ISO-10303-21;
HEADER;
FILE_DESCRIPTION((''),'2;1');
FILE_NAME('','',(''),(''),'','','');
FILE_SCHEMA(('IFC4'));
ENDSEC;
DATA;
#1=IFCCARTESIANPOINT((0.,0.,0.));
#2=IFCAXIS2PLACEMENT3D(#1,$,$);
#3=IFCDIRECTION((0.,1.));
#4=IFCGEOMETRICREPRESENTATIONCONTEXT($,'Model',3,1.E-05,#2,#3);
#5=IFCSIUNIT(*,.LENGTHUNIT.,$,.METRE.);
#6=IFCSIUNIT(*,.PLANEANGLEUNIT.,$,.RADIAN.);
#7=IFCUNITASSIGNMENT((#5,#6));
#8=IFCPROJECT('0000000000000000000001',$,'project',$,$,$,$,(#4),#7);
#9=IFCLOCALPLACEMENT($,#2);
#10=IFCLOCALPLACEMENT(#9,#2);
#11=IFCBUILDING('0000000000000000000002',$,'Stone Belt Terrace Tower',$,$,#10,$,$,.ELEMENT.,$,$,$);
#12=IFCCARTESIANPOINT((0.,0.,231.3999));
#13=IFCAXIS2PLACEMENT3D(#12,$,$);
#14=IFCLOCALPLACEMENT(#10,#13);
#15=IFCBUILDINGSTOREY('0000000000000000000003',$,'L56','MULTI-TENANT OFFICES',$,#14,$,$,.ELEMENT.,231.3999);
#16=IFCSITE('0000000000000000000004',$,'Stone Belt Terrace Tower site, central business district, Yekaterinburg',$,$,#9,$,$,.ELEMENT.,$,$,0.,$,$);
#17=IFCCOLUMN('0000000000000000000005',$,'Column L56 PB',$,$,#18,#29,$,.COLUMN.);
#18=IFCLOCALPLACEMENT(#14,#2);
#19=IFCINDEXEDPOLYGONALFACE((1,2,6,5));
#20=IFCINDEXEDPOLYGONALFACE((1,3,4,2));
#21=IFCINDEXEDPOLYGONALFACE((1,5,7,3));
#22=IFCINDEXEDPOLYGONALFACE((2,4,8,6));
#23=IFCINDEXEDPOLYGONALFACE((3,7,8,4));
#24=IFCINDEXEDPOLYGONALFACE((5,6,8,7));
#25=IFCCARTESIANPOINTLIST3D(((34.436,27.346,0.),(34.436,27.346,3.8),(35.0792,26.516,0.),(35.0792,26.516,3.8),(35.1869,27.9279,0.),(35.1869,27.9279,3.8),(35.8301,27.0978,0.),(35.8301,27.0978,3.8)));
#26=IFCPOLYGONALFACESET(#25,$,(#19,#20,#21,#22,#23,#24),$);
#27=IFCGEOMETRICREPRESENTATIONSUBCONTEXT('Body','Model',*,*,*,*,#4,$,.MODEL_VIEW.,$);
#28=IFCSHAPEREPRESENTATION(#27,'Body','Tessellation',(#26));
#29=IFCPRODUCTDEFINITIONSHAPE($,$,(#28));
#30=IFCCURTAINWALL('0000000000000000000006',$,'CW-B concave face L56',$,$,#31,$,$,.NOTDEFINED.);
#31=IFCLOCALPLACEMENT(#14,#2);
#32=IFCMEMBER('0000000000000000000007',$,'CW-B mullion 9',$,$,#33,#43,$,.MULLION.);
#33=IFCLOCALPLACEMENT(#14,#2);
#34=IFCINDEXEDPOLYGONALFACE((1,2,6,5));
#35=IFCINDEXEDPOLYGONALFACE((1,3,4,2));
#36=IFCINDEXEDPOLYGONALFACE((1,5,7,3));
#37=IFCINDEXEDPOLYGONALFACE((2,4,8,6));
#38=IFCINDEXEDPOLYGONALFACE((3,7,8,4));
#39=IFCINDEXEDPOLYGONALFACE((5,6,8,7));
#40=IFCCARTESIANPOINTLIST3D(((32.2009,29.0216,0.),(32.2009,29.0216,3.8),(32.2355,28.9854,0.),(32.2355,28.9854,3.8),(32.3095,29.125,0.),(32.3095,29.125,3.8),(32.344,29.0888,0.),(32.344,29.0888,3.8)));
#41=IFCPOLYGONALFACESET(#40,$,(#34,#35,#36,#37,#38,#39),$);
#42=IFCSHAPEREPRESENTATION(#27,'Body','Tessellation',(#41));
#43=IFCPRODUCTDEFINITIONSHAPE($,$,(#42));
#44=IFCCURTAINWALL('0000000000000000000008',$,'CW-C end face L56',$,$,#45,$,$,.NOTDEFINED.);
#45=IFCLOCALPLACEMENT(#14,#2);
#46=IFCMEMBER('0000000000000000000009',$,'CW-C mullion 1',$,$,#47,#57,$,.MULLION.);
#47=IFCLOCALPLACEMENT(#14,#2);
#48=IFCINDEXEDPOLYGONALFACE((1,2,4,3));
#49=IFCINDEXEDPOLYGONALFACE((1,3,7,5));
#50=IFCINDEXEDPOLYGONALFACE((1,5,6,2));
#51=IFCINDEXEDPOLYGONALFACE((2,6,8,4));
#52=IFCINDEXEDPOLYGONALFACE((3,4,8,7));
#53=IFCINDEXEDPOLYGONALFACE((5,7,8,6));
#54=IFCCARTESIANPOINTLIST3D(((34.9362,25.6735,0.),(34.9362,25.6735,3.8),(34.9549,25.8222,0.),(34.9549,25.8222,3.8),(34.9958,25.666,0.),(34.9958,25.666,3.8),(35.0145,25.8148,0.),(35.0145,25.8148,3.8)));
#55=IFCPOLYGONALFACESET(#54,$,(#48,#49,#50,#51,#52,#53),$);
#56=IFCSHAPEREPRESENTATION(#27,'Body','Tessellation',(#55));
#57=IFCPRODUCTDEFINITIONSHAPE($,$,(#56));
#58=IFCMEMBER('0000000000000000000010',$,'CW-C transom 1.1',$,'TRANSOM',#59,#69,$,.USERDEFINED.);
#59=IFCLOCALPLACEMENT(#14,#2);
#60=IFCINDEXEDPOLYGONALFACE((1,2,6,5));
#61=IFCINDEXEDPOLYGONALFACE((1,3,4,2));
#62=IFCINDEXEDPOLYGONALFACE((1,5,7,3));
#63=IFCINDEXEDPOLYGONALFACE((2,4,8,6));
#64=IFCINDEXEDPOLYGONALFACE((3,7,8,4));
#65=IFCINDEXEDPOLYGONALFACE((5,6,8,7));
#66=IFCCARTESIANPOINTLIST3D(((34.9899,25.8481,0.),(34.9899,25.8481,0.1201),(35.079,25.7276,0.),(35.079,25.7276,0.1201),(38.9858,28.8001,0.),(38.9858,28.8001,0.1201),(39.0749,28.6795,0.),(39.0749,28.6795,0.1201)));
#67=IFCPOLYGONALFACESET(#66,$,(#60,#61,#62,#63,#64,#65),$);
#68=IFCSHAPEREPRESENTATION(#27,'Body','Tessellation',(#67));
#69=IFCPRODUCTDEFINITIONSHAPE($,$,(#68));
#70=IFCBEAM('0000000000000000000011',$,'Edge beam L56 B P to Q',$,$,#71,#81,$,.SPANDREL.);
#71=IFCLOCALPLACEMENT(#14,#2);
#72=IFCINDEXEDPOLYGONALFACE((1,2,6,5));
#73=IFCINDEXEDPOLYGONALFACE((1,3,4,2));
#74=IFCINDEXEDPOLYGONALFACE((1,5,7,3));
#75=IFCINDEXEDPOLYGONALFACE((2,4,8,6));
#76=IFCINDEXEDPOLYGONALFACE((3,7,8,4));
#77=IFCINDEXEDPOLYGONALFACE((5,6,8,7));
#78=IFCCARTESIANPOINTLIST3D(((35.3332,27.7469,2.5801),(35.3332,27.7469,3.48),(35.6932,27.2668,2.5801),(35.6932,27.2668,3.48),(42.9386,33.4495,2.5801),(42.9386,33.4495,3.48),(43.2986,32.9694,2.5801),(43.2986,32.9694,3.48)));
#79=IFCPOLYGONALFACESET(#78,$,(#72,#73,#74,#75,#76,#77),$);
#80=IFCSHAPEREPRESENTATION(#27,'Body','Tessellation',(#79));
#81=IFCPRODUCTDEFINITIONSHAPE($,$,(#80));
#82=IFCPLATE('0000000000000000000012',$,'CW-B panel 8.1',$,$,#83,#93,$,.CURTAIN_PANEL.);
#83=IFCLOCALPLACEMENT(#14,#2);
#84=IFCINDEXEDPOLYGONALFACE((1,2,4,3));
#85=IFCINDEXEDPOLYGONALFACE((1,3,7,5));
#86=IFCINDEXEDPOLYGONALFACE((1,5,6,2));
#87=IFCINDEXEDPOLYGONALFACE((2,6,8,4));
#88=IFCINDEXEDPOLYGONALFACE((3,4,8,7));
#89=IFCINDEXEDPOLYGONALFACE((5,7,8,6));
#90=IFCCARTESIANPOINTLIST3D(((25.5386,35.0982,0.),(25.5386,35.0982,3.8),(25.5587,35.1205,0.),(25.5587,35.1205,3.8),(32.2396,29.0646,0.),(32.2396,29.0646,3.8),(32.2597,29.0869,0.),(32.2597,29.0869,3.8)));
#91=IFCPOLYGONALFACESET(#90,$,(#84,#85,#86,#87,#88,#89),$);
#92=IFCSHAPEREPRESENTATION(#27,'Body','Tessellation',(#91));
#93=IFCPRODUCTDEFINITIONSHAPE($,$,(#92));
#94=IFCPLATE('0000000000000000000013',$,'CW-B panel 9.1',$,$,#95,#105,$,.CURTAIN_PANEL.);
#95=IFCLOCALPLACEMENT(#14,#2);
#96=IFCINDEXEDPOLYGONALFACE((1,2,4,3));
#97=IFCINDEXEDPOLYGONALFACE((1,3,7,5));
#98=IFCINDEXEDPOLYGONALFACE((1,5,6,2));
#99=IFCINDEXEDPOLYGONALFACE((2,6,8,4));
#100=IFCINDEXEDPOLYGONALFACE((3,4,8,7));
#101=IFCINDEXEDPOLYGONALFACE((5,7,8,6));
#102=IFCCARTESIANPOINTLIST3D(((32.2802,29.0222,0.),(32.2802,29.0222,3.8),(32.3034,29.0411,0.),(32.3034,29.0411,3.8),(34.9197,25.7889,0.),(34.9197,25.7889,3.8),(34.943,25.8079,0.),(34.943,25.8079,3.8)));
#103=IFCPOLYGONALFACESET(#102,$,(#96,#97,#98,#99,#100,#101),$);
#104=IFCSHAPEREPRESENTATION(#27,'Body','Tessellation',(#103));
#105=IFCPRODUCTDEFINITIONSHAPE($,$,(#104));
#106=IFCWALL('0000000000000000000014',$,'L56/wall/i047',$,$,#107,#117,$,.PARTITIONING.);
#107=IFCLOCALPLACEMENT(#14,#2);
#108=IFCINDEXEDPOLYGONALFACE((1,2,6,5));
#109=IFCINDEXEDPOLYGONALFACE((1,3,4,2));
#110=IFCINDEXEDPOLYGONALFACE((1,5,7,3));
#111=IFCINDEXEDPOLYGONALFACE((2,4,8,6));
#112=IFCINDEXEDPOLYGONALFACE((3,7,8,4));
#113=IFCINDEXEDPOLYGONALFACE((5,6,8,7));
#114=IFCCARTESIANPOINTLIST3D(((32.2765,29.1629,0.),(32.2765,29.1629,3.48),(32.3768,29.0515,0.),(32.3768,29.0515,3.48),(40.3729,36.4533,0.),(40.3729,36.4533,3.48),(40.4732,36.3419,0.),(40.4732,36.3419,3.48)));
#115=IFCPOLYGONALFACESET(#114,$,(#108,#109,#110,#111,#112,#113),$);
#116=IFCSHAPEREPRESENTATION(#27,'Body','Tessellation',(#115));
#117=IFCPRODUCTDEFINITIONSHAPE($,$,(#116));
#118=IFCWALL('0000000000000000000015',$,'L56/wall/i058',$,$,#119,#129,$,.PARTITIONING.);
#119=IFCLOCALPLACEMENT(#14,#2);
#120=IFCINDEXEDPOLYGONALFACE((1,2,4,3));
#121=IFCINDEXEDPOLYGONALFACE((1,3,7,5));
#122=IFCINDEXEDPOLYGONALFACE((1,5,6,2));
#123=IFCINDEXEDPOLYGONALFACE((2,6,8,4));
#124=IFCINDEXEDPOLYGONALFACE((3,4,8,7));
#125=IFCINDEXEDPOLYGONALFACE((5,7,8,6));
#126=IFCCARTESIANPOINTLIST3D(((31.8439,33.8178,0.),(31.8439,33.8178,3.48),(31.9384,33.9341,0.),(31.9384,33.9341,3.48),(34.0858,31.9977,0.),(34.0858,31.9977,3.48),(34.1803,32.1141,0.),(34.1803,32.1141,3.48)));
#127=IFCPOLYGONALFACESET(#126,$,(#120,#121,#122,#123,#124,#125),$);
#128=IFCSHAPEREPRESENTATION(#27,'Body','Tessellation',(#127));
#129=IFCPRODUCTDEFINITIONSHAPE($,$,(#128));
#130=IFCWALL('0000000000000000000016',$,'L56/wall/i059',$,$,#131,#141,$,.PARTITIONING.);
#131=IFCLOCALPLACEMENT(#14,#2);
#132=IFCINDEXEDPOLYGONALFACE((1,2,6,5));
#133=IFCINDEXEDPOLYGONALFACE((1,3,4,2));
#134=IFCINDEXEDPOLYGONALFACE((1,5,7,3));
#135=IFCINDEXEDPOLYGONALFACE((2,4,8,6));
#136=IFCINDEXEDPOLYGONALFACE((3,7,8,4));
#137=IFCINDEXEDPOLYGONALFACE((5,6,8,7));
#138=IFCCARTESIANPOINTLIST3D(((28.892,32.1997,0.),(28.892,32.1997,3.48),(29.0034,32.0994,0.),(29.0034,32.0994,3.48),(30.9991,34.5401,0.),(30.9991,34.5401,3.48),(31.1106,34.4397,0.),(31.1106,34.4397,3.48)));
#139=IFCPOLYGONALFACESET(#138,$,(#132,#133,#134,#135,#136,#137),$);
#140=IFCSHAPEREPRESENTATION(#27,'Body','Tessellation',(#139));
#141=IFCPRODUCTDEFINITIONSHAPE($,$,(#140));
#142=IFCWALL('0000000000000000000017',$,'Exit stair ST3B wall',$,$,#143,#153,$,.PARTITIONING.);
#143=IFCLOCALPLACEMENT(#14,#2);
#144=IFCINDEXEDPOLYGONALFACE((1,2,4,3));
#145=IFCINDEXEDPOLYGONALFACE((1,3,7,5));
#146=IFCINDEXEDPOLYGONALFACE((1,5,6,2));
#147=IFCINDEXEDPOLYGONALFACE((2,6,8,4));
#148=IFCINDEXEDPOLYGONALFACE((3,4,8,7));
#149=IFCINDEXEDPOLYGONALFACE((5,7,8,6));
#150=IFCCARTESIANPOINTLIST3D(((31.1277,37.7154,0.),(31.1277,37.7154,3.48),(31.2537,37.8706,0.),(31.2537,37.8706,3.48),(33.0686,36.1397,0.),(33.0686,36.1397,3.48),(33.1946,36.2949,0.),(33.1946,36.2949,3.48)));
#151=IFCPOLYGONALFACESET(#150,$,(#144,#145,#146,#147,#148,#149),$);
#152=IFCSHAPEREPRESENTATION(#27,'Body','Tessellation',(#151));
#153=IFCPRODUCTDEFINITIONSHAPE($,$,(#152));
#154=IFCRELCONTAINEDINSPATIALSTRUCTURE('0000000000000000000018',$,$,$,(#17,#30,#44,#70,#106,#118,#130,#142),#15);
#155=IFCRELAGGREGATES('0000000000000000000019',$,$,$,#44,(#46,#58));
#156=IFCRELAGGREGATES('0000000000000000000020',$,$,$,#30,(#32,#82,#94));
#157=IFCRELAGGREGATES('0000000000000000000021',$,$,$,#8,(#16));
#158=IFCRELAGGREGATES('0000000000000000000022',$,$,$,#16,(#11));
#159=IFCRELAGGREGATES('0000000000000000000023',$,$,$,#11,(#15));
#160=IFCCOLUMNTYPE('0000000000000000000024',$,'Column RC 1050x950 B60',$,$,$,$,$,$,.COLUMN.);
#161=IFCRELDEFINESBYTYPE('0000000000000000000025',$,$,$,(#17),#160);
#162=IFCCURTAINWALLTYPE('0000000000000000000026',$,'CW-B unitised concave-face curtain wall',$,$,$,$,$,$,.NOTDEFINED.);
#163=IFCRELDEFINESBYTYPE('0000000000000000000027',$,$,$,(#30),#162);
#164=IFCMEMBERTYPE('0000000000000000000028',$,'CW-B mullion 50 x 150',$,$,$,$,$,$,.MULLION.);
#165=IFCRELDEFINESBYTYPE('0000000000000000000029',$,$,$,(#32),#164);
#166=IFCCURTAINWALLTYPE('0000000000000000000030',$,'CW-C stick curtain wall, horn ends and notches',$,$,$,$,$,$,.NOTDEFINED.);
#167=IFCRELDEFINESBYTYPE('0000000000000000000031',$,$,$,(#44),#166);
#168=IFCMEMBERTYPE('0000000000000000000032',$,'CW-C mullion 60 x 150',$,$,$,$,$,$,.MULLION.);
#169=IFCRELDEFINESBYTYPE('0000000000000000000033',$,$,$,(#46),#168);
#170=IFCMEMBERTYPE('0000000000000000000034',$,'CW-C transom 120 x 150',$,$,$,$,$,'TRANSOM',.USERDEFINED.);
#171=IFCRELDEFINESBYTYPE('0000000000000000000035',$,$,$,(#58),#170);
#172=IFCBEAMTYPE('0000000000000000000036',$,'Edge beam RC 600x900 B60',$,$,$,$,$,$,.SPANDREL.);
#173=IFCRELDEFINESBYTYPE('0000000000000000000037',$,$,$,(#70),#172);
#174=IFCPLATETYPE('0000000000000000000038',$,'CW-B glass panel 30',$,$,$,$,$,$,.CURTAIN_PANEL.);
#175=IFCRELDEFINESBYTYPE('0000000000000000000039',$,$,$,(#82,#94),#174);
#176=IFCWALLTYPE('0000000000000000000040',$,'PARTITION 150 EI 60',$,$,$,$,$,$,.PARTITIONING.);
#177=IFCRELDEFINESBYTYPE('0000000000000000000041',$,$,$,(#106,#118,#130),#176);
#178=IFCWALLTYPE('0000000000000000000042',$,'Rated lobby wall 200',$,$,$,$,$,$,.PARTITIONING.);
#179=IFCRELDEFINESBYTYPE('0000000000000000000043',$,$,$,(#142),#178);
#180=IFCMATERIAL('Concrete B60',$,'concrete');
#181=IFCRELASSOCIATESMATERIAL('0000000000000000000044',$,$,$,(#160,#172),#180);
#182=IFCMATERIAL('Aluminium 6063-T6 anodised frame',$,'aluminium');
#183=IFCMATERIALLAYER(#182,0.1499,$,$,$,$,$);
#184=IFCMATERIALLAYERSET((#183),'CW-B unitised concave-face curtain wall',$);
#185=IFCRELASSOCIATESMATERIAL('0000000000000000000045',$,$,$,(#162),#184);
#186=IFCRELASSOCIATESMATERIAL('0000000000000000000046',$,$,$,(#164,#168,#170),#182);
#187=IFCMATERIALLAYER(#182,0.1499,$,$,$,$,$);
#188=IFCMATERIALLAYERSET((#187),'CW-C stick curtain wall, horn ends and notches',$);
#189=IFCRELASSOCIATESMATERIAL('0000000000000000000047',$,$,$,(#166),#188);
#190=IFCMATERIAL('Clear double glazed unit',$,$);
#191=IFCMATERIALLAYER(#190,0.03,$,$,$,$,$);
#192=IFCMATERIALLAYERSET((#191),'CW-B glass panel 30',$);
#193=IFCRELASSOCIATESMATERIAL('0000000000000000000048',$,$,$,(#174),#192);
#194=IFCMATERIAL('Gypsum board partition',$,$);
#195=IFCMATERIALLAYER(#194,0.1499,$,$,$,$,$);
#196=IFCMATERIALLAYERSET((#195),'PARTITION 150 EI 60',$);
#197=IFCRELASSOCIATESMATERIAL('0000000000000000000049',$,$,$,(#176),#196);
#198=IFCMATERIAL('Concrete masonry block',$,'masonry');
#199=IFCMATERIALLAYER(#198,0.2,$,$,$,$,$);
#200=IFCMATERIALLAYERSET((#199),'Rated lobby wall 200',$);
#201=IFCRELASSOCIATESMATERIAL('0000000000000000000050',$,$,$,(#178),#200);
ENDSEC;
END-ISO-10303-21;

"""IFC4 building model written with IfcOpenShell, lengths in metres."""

from ifc_helpers import new_model, si_unit, direction, frame, frame_2d, origin, origin_2d, place, context, subcontext, project, spatial, rectangle, extrude, material, layer, layer_set, material_profile, profile_set, type_object, element, aggregate, save


model = new_model("IFC4")

# Units and contexts
model_context = context("Model", 3, precision=1e-05, world=origin(), true_north=direction((0.0, 1.0)))
body_context = subcontext(model_context, "Body", "Model", "MODEL_VIEW")
ifc_project = project(units=[si_unit("LENGTHUNIT", "METRE"), si_unit("PLANEANGLEUNIT", "RADIAN")], contexts=[model_context])

# Site, building, storey
site_placement = place(None, origin())
site = spatial("IfcSite", under=ifc_project, at=site_placement, Name="Stone Belt Terrace Tower site, central business district, Yekaterinburg", CompositionType="ELEMENT", RefElevation=0.0)
building_placement = place(site_placement, origin())
building = spatial("IfcBuilding", under=site, at=building_placement, Name="Stone Belt Terrace Tower", CompositionType="ELEMENT")
storey_placement = place(building_placement, frame((0.0, 0.0, 231.3999)))
storey = spatial("IfcBuildingStorey", under=building, at=storey_placement, Name="L56", Description="MULTI-TENANT OFFICES", CompositionType="ELEMENT", Elevation=231.3999)

# Column
ifc_material_1 = material(Name="Concrete B60", Category="concrete")
ifc_material_profile_1 = material_profile(ifc_material_1, rectangle(XDim=1.05, YDim=0.95, at=origin_2d()), Name="RC 1050x950")
ifc_profile_set_1 = profile_set([ifc_material_profile_1], Name="Concrete B60")
column_type = type_object("IfcColumnType", Name="Column RC 1050x950 B60", PredefinedType="COLUMN", material=ifc_profile_set_1)
column_placement = place(storey_placement, frame((35.1331, 27.2219, 0.0), z_axis=(0.0, 0.0, 1.0), x_axis=(0.612485, -0.790482, 0.0)))
element("IfcColumn", 1, at=column_placement, inside=storey, type_object=column_type, Name="Column L56 PB", PredefinedType="COLUMN", context=body_context, shape_type="SweptSolid", body=[
    extrude(rectangle(XDim=1.05, YDim=0.95, at=origin_2d()), origin(), (0.0, 0.0, 1.0), 3.8),
])

# Curtain wall, member
ifc_material_2 = material(Name="Aluminium 6063-T6 anodised frame", Category="aluminium")
ifc_layer_1 = layer(ifc_material_2, 0.1499)
ifc_layer_set_1 = layer_set([ifc_layer_1], Name="CW-B unitised concave-face curtain wall")
curtain_wall_type_1 = type_object("IfcCurtainWallType", Name="CW-B unitised concave-face curtain wall", PredefinedType="NOTDEFINED", material=ifc_layer_set_1)
curtain_wall_1_placement = place(storey_placement, origin())
curtain_wall_1 = element("IfcCurtainWall", 2, at=curtain_wall_1_placement, inside=storey, type_object=curtain_wall_type_1, Name="CW-B concave face L56", PredefinedType="NOTDEFINED")
ifc_material_profile_2 = material_profile(ifc_material_2, rectangle(XDim=0.1499, YDim=0.05, at=origin_2d()), Name="Aluminium 6063-T6 50x150")
ifc_profile_set_2 = profile_set([ifc_material_profile_2], Name="Aluminium 6063-T6 anodised frame")
member_type_1 = type_object("IfcMemberType", Name="CW-B mullion 50 x 150", PredefinedType="MULLION", material=ifc_profile_set_2)
member_1_placement = place(storey_placement, frame((32.2725, 29.0552, 0.0), z_axis=(0.0, 0.0, 1.0), x_axis=(0.724008, 0.689792, 0.0)))
member_1 = element("IfcMember", 3, at=member_1_placement, type_object=member_type_1, Name="CW-B mullion 9", PredefinedType="MULLION", context=body_context, shape_type="SweptSolid", body=[
    extrude(rectangle(XDim=0.1499, YDim=0.05, at=origin_2d()), origin(), (0.0, 0.0, 1.0), 3.8),
])

# Curtain wall, members
ifc_layer_2 = layer(ifc_material_2, 0.1499)
ifc_layer_set_2 = layer_set([ifc_layer_2], Name="CW-C stick curtain wall, horn ends and notches")
curtain_wall_type_2 = type_object("IfcCurtainWallType", Name="CW-C stick curtain wall, horn ends and notches", PredefinedType="NOTDEFINED", material=ifc_layer_set_2)
curtain_wall_2_placement = place(storey_placement, origin())
curtain_wall_2 = element("IfcCurtainWall", 4, at=curtain_wall_2_placement, inside=storey, type_object=curtain_wall_type_2, Name="CW-C end face L56", PredefinedType="NOTDEFINED")
ifc_material_profile_3 = material_profile(ifc_material_2, rectangle(XDim=0.1499, YDim=0.0601, at=origin_2d()), Name="Aluminium 6063-T6 60x150")
ifc_profile_set_3 = profile_set([ifc_material_profile_3], Name="Aluminium 6063-T6 anodised frame")
member_type_2 = type_object("IfcMemberType", Name="CW-C mullion 60 x 150", PredefinedType="MULLION", material=ifc_profile_set_3)
member_2_placement = place(storey_placement, frame((34.9753, 25.7441, 0.0), z_axis=(0.0, 0.0, 1.0), x_axis=(0.124626, 0.992204, 0.0)))
member_2 = element("IfcMember", 5, at=member_2_placement, type_object=member_type_2, Name="CW-C mullion 1", PredefinedType="MULLION", context=body_context, shape_type="SweptSolid", body=[
    extrude(rectangle(XDim=0.1499, YDim=0.0601, at=origin_2d()), origin(), (0.0, 0.0, 1.0), 3.8),
])
ifc_material_profile_4 = material_profile(ifc_material_2, rectangle(XDim=0.1499, YDim=0.1201, at=origin_2d()), Name="Aluminium 6063-T6 150x120")
ifc_profile_set_4 = profile_set([ifc_material_profile_4], Name="Aluminium 6063-T6 anodised frame")
member_type_3 = type_object("IfcMemberType", Name="CW-C transom 120 x 150", ElementType="TRANSOM", PredefinedType="USERDEFINED", material=ifc_profile_set_4)
member_3_placement = place(storey_placement, frame((35.0344, 25.7878, 0.0601), z_axis=(0.804325, 0.594189, 0.0), x_axis=(-0.594189, 0.804325, 0.0)))
member_3 = element("IfcMember", 6, at=member_3_placement, type_object=member_type_3, Name="CW-C transom 1.1", ObjectType="TRANSOM", PredefinedType="USERDEFINED", context=body_context, shape_type="SweptSolid", body=[
    extrude(rectangle(XDim=0.1499, YDim=0.1201, at=origin_2d()), origin(), (0.0, 0.0, 1.0), 4.968),
])
aggregate(curtain_wall_2, [member_2, member_3])

# Beam
ifc_material_profile_5 = material_profile(ifc_material_1, rectangle(XDim=0.6001, YDim=0.8999, at=origin_2d()), Name="RC 600x900")
ifc_profile_set_5 = profile_set([ifc_material_profile_5], Name="Concrete B60")
beam_type = type_object("IfcBeamType", Name="Edge beam RC 600x900 B60", PredefinedType="SPANDREL", material=ifc_profile_set_5)
beam_placement = place(storey_placement, frame((35.5132, 27.5068, 3.03), z_axis=(0.800074, 0.599901, 0.0), x_axis=(-0.599901, 0.800074, 0.0)))
element("IfcBeam", 7, at=beam_placement, inside=storey, type_object=beam_type, Name="Edge beam L56 B P to Q", PredefinedType="SPANDREL", context=body_context, shape_type="SweptSolid", body=[
    extrude(rectangle(XDim=0.6001, YDim=0.8999, at=origin_2d()), origin(), (0.0, 0.0, 1.0), 9.5059),
])

# Plates
ifc_material_3 = material(Name="Clear double glazed unit")
ifc_layer_3 = layer(ifc_material_3, 0.03)
ifc_layer_set_3 = layer_set([ifc_layer_3], Name="CW-B glass panel 30")
plate_type = type_object("IfcPlateType", Name="CW-B glass panel 30", PredefinedType="CURTAIN_PANEL", material=ifc_layer_set_3)
plate_1_placement = place(storey_placement, frame((28.8992, 32.0925, 0.0), z_axis=(0.0, 0.0, 1.0), x_axis=(0.743145, -0.669131, 0.0)))
plate_1 = element("IfcPlate", 8, at=plate_1_placement, type_object=plate_type, Name="CW-B panel 8.1", PredefinedType="CURTAIN_PANEL", context=body_context, shape_type="SweptSolid", body=[
    extrude(rectangle(XDim=9.0171, YDim=0.03, at=origin_2d()), origin(), (0.0, 0.0, 1.0), 3.8),
])
plate_2_placement = place(storey_placement, frame((33.6116, 27.415, 0.0), z_axis=(0.0, 0.0, 1.0), x_axis=(0.632398, -0.774644, 0.0)))
plate_2 = element("IfcPlate", 9, at=plate_2_placement, type_object=plate_type, Name="CW-B panel 9.1", PredefinedType="CURTAIN_PANEL", context=body_context, shape_type="SweptSolid", body=[
    extrude(rectangle(XDim=4.1738, YDim=0.03, at=origin_2d()), origin(), (0.0, 0.0, 1.0), 3.8),
])
aggregate(curtain_wall_1, [member_1, plate_1, plate_2])

# Walls
ifc_material_4 = material(Name="Gypsum board partition")
ifc_layer_4 = layer(ifc_material_4, 0.1499)
ifc_layer_set_4 = layer_set([ifc_layer_4], Name="PARTITION 150 EI 60")
wall_type_1 = type_object("IfcWallType", Name="PARTITION 150 EI 60", PredefinedType="PARTITIONING", material=ifc_layer_set_4)
wall_1_placement = place(storey_placement, frame((32.3267, 29.1072, 0.0), z_axis=(0.0, 0.0, 1.0), x_axis=(0.743124, 0.669154, 0.0)))
element("IfcWall", 10, at=wall_1_placement, inside=storey, type_object=wall_type_1, Name="L56/wall/i047", PredefinedType="PARTITIONING", context=body_context, shape_type="SweptSolid", body=[
    extrude(rectangle(XDim=10.895, YDim=0.1499, at=frame_2d((5.4475, 0.0))), origin(), (0.0, 0.0, 1.0), 3.48),
])
wall_2_placement = place(storey_placement, frame((34.1331, 32.0559, 0.0), z_axis=(0.0, 0.0, 1.0), x_axis=(-0.77637, 0.630277, 0.0)))
element("IfcWall", 11, at=wall_2_placement, inside=storey, type_object=wall_type_1, Name="L56/wall/i058", PredefinedType="PARTITIONING", context=body_context, shape_type="SweptSolid", body=[
    extrude(rectangle(XDim=2.8877, YDim=0.1499, at=frame_2d((1.4438, 0.0))), origin(), (0.0, 0.0, 1.0), 3.48),
])
wall_3_placement = place(storey_placement, frame((31.0549, 34.49, 0.0), z_axis=(0.0, 0.0, 1.0), x_axis=(-0.669119, -0.743155, 0.0)))
element("IfcWall", 12, at=wall_3_placement, inside=storey, type_object=wall_type_1, Name="L56/wall/i059", PredefinedType="PARTITIONING", context=body_context, shape_type="SweptSolid", body=[
    extrude(rectangle(XDim=3.1492, YDim=0.1499, at=frame_2d((1.5747, 0.0))), origin(), (0.0, 0.0, 1.0), 3.48),
])
ifc_material_5 = material(Name="Concrete masonry block", Category="masonry")
ifc_layer_5 = layer(ifc_material_5, 0.2)
ifc_layer_set_5 = layer_set([ifc_layer_5], Name="Rated lobby wall 200")
wall_type_2 = type_object("IfcWallType", Name="Rated lobby wall 200", PredefinedType="PARTITIONING", material=ifc_layer_set_5)
wall_4_placement = place(storey_placement, frame((31.1907, 37.793, 0.0), z_axis=(0.0, 0.0, 1.0), x_axis=(0.776371, -0.630276, 0.0)))
element("IfcWall", 13, at=wall_4_placement, inside=storey, type_object=wall_type_2, Name="Exit stair ST3B wall", PredefinedType="PARTITIONING", context=body_context, shape_type="SweptSolid", body=[
    extrude(rectangle(XDim=2.5, YDim=0.2, at=frame_2d((1.25, 0.0))), origin(), (0.0, 0.0, 1.0), 3.48),
])

save(model, "model.ifc")
